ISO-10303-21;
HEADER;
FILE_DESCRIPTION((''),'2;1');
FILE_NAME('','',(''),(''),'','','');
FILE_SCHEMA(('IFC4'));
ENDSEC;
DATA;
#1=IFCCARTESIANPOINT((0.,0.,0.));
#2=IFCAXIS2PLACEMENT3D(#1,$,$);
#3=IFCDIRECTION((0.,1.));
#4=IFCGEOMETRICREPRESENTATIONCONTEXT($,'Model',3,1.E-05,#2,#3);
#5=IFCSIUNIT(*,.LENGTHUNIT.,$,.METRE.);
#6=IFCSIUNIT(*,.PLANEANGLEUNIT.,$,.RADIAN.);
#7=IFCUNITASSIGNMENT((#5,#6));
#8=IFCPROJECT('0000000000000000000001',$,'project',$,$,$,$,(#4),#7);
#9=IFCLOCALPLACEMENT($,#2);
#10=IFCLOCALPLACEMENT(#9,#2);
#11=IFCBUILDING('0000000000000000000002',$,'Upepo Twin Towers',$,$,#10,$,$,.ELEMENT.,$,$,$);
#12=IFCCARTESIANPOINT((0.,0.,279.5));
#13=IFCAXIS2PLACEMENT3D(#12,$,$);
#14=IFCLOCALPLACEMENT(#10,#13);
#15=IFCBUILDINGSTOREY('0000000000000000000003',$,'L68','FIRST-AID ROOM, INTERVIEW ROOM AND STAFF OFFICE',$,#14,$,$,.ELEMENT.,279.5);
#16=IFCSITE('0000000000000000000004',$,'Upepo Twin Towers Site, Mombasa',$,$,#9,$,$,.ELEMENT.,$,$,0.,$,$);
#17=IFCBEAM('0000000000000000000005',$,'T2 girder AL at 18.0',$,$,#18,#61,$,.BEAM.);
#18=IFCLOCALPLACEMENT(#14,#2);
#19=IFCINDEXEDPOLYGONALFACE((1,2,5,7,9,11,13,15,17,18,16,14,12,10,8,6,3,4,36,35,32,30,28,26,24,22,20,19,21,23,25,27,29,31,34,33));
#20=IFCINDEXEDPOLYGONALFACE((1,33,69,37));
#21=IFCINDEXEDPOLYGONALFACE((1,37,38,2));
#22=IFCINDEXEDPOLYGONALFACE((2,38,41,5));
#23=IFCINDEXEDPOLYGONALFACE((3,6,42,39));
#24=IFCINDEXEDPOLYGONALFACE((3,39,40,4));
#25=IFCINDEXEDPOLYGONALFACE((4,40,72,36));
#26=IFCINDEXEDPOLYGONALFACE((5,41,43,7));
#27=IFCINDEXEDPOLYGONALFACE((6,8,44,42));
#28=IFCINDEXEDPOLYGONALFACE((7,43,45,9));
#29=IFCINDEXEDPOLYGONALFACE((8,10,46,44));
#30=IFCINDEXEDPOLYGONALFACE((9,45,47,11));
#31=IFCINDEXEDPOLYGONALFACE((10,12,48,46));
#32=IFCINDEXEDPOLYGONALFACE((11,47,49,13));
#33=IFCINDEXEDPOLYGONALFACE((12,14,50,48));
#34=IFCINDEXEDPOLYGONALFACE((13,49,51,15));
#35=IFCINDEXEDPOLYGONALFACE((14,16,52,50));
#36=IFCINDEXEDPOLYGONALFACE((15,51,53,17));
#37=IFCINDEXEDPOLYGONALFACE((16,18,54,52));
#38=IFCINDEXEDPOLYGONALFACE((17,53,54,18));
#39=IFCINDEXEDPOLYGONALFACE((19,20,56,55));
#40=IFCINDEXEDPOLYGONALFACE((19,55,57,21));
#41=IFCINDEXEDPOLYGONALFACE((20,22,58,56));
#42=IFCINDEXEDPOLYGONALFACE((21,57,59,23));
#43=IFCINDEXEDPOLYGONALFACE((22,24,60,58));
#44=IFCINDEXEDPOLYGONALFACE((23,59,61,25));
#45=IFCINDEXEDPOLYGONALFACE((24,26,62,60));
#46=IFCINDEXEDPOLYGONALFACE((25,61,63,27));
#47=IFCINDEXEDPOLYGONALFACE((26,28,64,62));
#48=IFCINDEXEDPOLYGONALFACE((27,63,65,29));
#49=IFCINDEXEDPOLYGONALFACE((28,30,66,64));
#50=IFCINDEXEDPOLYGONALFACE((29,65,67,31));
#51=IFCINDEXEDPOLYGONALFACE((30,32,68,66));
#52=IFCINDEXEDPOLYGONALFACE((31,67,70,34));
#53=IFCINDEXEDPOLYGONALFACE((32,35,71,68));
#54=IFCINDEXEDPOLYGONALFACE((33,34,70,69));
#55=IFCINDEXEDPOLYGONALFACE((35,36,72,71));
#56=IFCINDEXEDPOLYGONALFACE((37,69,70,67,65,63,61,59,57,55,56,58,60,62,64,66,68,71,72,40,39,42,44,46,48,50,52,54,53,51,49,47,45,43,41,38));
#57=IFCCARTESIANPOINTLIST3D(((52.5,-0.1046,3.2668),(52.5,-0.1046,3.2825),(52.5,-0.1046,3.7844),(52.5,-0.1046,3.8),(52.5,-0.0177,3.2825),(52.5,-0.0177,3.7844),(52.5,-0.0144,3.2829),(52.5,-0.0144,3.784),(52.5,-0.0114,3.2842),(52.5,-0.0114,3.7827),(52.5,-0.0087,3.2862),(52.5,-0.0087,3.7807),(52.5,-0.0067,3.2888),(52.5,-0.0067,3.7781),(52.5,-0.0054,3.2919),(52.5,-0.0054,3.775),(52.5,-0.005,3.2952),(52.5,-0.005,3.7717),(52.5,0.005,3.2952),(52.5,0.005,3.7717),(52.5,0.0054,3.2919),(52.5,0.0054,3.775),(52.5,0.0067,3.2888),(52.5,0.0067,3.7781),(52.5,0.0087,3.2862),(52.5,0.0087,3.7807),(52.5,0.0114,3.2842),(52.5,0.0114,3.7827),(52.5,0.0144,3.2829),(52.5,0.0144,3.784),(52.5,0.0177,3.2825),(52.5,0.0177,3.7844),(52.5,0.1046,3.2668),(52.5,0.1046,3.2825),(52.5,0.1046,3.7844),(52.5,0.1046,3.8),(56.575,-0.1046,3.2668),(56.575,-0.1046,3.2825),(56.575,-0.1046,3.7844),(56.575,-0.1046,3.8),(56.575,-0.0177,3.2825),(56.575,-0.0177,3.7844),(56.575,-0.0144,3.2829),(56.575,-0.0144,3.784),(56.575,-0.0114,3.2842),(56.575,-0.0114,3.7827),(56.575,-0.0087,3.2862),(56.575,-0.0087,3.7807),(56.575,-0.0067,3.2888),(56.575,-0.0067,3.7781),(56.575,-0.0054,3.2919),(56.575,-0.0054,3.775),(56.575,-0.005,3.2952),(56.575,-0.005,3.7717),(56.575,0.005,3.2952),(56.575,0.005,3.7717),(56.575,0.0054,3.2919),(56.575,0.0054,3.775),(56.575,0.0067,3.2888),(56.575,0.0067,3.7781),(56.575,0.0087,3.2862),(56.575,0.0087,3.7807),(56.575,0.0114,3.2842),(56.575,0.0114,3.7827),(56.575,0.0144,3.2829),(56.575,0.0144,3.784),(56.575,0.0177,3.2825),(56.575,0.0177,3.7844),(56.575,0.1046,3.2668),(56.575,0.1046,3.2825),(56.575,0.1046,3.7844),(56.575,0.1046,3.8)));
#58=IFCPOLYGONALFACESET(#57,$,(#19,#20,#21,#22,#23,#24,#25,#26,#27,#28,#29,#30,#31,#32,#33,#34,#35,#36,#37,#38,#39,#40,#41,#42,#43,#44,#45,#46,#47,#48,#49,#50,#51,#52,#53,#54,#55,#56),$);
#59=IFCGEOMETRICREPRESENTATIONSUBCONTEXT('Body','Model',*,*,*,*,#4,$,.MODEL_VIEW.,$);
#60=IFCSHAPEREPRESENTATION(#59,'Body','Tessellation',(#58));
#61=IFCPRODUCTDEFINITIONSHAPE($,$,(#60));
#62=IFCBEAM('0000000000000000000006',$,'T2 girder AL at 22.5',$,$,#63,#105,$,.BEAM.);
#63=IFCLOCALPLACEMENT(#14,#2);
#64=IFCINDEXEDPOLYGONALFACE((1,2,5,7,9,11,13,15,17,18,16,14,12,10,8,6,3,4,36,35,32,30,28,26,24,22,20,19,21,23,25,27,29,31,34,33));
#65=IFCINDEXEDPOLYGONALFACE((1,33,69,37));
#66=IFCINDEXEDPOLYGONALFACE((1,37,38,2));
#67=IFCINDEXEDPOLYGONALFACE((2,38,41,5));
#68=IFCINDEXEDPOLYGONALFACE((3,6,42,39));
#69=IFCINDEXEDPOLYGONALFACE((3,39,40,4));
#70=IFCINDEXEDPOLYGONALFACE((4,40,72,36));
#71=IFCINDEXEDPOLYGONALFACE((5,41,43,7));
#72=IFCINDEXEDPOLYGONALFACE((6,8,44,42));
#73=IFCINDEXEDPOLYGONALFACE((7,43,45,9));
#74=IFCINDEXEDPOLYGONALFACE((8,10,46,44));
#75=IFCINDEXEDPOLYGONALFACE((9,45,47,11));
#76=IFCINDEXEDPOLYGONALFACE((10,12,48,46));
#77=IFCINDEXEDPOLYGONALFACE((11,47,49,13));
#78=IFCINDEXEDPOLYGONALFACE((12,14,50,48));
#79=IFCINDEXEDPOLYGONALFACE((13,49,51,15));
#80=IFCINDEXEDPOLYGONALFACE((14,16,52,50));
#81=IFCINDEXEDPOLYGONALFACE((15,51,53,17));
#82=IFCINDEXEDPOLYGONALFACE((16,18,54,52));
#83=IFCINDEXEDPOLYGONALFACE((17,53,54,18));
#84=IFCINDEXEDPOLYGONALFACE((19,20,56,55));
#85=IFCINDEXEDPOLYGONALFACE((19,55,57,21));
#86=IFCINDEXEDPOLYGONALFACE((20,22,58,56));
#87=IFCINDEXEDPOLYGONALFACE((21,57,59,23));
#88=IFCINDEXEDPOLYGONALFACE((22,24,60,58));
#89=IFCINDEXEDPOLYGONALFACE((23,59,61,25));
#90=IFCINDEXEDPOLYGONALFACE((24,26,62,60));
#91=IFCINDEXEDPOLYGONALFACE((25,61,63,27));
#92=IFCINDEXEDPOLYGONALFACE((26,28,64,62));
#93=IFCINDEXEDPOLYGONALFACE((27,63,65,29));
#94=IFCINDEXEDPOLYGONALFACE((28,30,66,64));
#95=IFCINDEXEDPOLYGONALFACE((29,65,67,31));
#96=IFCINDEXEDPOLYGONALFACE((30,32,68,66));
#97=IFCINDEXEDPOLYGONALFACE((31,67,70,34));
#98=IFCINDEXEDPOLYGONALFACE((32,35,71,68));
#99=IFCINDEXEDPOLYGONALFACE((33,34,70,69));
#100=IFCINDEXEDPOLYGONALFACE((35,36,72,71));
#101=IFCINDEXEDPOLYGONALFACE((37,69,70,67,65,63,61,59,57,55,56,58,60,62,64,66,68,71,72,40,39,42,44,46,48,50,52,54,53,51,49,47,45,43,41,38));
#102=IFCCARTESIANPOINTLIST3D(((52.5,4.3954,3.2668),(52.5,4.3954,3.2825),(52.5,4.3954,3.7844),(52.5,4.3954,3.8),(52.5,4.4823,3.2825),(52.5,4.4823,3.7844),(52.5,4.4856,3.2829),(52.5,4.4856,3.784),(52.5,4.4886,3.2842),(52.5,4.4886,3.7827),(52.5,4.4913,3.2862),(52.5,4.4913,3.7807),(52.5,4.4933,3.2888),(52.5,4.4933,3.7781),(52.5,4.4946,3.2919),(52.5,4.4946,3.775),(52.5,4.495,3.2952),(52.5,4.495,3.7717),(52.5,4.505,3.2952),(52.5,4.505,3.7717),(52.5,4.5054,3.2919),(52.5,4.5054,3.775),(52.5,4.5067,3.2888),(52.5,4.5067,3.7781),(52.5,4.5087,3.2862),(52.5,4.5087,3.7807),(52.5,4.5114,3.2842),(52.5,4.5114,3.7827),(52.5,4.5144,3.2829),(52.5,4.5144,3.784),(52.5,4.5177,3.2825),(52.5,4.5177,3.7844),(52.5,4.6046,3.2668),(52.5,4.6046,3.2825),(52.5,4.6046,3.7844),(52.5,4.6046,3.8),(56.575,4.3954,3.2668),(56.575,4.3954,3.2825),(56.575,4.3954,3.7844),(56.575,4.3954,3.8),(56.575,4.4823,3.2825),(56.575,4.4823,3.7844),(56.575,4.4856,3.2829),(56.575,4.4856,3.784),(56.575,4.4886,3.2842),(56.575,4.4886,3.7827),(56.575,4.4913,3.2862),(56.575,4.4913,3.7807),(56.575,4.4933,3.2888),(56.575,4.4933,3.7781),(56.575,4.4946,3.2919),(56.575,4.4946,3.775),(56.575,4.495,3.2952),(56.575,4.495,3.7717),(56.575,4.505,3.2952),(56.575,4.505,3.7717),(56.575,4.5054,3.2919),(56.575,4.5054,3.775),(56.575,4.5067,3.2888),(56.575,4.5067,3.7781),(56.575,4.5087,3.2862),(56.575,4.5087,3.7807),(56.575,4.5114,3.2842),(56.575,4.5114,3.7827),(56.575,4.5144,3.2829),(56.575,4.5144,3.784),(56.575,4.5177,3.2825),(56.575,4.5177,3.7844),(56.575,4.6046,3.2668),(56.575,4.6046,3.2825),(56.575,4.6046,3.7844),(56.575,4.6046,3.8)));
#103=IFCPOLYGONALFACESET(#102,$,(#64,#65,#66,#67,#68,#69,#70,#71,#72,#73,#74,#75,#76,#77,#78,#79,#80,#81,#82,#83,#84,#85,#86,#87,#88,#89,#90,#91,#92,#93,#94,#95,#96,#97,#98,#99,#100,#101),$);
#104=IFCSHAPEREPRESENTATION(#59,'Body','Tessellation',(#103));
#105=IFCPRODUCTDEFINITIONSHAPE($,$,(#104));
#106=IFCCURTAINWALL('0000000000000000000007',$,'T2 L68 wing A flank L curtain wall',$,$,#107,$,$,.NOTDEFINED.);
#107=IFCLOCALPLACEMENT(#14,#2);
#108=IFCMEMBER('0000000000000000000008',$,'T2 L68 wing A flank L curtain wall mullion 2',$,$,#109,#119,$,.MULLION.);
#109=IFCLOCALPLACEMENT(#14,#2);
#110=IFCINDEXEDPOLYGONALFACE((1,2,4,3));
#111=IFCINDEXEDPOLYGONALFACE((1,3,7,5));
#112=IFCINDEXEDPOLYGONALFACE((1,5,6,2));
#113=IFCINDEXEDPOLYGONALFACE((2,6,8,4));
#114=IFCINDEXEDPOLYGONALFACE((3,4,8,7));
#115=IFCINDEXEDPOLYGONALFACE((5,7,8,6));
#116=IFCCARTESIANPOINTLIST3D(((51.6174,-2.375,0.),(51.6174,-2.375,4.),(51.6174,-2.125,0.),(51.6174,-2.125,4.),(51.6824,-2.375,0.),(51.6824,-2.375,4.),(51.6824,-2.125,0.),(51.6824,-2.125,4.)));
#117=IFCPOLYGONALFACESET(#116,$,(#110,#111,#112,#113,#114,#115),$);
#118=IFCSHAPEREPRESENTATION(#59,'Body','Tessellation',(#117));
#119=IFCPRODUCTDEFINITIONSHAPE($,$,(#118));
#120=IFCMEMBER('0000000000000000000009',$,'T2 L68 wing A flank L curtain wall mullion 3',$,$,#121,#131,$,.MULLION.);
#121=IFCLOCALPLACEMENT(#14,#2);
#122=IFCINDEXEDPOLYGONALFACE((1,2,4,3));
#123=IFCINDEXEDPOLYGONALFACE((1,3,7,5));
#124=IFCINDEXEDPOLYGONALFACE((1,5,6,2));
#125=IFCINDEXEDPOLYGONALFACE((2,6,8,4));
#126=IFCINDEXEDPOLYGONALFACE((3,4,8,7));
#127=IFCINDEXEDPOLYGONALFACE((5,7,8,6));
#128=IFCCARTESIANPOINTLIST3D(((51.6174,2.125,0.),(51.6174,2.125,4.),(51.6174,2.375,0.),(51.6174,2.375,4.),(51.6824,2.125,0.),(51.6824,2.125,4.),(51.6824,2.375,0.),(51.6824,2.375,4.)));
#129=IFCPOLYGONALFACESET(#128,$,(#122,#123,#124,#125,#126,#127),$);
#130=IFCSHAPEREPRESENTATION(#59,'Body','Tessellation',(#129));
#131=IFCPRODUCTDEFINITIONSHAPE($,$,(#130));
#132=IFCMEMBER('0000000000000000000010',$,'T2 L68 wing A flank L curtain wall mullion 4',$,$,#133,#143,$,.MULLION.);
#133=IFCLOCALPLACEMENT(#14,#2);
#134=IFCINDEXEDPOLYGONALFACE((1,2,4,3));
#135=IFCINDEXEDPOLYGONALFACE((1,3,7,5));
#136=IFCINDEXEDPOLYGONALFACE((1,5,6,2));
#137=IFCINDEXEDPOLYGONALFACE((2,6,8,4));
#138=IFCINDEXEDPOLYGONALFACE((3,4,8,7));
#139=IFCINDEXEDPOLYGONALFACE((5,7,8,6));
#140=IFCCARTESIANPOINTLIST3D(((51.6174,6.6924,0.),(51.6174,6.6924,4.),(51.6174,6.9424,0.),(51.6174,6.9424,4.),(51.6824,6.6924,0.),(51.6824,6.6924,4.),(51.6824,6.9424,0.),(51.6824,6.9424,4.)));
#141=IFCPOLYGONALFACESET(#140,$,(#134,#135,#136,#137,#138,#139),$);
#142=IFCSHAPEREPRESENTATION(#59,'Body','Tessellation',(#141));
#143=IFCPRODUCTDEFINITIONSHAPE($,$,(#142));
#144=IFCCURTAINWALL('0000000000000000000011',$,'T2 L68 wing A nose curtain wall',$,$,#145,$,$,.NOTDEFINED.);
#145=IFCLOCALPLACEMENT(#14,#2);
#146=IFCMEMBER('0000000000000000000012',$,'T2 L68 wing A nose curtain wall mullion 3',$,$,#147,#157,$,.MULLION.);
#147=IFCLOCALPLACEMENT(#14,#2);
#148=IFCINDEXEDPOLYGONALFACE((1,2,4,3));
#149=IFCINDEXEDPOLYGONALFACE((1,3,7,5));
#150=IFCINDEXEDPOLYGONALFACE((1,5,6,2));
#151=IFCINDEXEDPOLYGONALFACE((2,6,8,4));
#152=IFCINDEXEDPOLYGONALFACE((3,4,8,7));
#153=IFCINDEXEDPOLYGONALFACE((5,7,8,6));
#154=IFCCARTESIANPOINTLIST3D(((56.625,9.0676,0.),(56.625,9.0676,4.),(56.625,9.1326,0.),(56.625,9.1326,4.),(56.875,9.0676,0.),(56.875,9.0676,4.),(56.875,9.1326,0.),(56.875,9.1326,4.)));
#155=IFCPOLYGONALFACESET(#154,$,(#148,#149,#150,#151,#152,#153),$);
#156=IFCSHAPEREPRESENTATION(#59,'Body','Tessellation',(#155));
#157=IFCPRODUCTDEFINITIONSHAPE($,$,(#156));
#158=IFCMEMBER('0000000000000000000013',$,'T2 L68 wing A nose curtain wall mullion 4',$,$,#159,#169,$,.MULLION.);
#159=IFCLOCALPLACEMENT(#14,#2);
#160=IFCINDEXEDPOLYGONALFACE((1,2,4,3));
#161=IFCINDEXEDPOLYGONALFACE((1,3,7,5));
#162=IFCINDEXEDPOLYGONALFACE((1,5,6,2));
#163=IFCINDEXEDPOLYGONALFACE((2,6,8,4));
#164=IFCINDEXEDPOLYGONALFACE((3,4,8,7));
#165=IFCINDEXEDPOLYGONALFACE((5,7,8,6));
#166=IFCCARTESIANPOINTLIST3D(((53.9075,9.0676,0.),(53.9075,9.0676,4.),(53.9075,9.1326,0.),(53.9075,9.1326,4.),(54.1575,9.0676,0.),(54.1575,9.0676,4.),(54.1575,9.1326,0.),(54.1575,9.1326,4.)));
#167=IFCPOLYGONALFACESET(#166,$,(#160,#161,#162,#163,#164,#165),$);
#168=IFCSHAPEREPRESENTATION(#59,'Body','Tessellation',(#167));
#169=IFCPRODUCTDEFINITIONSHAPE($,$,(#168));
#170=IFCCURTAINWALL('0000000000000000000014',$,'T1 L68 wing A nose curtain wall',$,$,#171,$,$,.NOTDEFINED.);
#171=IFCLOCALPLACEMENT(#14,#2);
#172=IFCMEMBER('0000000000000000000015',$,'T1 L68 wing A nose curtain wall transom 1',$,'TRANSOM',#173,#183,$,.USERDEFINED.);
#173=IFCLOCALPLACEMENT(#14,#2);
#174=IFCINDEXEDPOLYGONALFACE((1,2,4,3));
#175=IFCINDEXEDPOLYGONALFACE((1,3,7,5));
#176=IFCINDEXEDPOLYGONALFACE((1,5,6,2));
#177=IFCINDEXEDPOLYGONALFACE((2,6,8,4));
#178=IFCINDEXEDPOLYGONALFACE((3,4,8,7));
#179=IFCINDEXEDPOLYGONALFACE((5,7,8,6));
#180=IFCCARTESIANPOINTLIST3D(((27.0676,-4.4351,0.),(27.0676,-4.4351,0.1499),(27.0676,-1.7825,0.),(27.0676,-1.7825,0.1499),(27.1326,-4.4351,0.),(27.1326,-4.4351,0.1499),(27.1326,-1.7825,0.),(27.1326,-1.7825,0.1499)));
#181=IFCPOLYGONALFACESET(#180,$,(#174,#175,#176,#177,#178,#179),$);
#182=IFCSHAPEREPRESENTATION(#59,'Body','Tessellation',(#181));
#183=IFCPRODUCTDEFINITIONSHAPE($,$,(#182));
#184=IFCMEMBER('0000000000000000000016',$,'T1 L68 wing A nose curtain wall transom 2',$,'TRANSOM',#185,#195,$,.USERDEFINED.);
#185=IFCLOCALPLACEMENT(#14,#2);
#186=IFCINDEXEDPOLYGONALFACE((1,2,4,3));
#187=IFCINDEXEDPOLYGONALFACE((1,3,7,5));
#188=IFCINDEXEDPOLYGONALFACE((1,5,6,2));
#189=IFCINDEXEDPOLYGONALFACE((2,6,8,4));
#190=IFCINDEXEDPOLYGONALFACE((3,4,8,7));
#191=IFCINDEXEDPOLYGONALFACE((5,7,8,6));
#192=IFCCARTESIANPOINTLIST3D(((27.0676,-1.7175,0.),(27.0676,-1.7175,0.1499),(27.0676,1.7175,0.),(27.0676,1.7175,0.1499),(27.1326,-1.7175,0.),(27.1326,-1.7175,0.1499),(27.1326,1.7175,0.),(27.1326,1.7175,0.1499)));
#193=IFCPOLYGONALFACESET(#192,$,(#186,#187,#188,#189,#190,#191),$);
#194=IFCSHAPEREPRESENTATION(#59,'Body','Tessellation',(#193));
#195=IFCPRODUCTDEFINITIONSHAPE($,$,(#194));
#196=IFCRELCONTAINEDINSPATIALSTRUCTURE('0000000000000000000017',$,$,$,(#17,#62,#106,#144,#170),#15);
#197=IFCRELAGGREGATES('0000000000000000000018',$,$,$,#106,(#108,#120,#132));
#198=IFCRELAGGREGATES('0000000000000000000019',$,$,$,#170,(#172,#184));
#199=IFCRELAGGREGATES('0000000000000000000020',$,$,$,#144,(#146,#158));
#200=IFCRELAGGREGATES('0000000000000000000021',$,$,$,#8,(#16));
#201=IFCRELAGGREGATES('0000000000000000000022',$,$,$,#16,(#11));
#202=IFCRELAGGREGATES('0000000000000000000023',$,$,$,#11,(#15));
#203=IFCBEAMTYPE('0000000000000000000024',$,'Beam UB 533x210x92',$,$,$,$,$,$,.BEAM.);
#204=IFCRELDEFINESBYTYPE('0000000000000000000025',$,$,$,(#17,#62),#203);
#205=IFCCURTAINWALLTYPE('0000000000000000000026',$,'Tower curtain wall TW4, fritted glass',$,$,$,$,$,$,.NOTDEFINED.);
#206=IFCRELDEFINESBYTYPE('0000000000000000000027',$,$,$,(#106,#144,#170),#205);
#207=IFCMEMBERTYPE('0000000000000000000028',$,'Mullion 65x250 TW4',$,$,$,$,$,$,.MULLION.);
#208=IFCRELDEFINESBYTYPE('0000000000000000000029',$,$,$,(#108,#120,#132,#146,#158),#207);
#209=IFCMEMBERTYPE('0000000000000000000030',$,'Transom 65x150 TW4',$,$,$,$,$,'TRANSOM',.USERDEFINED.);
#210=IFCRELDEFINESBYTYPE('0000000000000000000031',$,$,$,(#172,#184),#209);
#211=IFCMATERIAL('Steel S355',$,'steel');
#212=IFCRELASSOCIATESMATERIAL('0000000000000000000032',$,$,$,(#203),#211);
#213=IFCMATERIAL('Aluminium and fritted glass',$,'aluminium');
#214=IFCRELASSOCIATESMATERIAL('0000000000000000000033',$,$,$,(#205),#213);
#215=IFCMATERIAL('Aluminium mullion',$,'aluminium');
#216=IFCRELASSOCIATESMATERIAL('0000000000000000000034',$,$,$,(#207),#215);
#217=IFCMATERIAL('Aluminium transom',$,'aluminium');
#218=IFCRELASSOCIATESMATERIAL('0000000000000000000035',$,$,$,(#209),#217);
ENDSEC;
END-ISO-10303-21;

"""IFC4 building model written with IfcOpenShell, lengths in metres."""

from ifc_helpers import new_model, si_unit, direction, frame, origin, origin_2d, place, context, subcontext, project, spatial, rectangle, i_section, extrude, material, material_profile, profile_set, type_object, element, aggregate, save


model = new_model("IFC4")

# Units and contexts
model_context = context("Model", 3, precision=1e-05, world=origin(), true_north=direction((0.0, 1.0)))
body_context = subcontext(model_context, "Body", "Model", "MODEL_VIEW")
ifc_project = project(units=[si_unit("LENGTHUNIT", "METRE"), si_unit("PLANEANGLEUNIT", "RADIAN")], contexts=[model_context])

# Site, building, storey
site_placement = place(None, origin())
site = spatial("IfcSite", under=ifc_project, at=site_placement, Name="Upepo Twin Towers Site, Mombasa", CompositionType="ELEMENT", RefElevation=0.0)
building_placement = place(site_placement, origin())
building = spatial("IfcBuilding", under=site, at=building_placement, Name="Upepo Twin Towers", CompositionType="ELEMENT")
storey_placement = place(building_placement, frame((0.0, 0.0, 279.5)))
storey = spatial("IfcBuildingStorey", under=building, at=storey_placement, Name="L68", Description="FIRST-AID ROOM, INTERVIEW ROOM AND STAFF OFFICE", CompositionType="ELEMENT", Elevation=279.5)

# Beams
ifc_material_1 = material(Name="Steel S355", Category="steel")
ifc_material_profile_1 = material_profile(ifc_material_1, i_section(OverallWidth=0.2092, OverallDepth=0.5332, WebThickness=0.01, FlangeThickness=0.0156, FilletRadius=0.0127, at=origin_2d()), Name="UB 533x210x92")
ifc_profile_set_1 = profile_set([ifc_material_profile_1], Name="Steel S355")
beam_type_1 = type_object("IfcBeamType", Name="Beam UB 533x210x92", PredefinedType="BEAM", material=ifc_profile_set_1)
for number, where, z_axis, x_axis, name in (
    (1, (52.5, 0.0, 3.5334), (1.0, 0.0, 0.0), (0.0, 1.0, 0.0), "T2 girder AL at 18.0"),
    (2, (52.5, 4.5, 3.5334), (1.0, 0.0, 0.0), (0.0, 1.0, 0.0), "T2 girder AL at 22.5"),
):
    element("IfcBeam", number, at=place(storey_placement, frame(where, z_axis=z_axis, x_axis=x_axis)), inside=storey, type_object=beam_type_1, Name=name, PredefinedType="BEAM", context=body_context, shape_type="SweptSolid", body=[
        extrude(i_section(OverallWidth=0.2092, OverallDepth=0.5332, WebThickness=0.01, FlangeThickness=0.0156, FilletRadius=0.0127, at=origin_2d()), origin(), (0.0, 0.0, 1.0), 4.075),
    ])

# Curtain walls, members
ifc_material_2 = material(Name="Aluminium and fritted glass", Category="aluminium")
curtain_wall_type = type_object("IfcCurtainWallType", Name="Tower curtain wall TW4, fritted glass", PredefinedType="NOTDEFINED", material=ifc_material_2)
curtain_wall_1_placement = place(storey_placement, origin())
curtain_wall_1 = element("IfcCurtainWall", 3, at=curtain_wall_1_placement, inside=storey, type_object=curtain_wall_type, Name="T2 L68 wing A flank L curtain wall", PredefinedType="NOTDEFINED")
ifc_material_3 = material(Name="Aluminium mullion", Category="aluminium")
ifc_material_profile_2 = material_profile(ifc_material_3, rectangle(XDim=0.0649, YDim=0.25, at=origin_2d()), Name="MULLION 65x250")
ifc_profile_set_2 = profile_set([ifc_material_profile_2], Name="Aluminium mullion")
member_type_1 = type_object("IfcMemberType", Name="Mullion 65x250 TW4", PredefinedType="MULLION", material=ifc_profile_set_2)
member_1_placement = place(storey_placement, frame((51.6499, -2.25, 0.0), z_axis=(0.0, 0.0, 1.0), x_axis=(-1.0, 0.0, 0.0)))
member_1 = element("IfcMember", 4, at=member_1_placement, type_object=member_type_1, Name="T2 L68 wing A flank L curtain wall mullion 2", PredefinedType="MULLION", context=body_context, shape_type="SweptSolid", body=[
    extrude(rectangle(XDim=0.0649, YDim=0.25, at=origin_2d()), origin(), (0.0, 0.0, 1.0), 4.0),
])
member_2_placement = place(storey_placement, frame((51.6499, 2.25, 0.0), z_axis=(0.0, 0.0, 1.0), x_axis=(-1.0, 0.0, 0.0)))
member_2 = element("IfcMember", 5, at=member_2_placement, type_object=member_type_1, Name="T2 L68 wing A flank L curtain wall mullion 3", PredefinedType="MULLION", context=body_context, shape_type="SweptSolid", body=[
    extrude(rectangle(XDim=0.0649, YDim=0.25, at=origin_2d()), origin(), (0.0, 0.0, 1.0), 4.0),
])
member_3_placement = place(storey_placement, frame((51.6499, 6.8174, 0.0), z_axis=(0.0, 0.0, 1.0), x_axis=(-1.0, 0.0, 0.0)))
member_3 = element("IfcMember", 6, at=member_3_placement, type_object=member_type_1, Name="T2 L68 wing A flank L curtain wall mullion 4", PredefinedType="MULLION", context=body_context, shape_type="SweptSolid", body=[
    extrude(rectangle(XDim=0.0649, YDim=0.25, at=origin_2d()), origin(), (0.0, 0.0, 1.0), 4.0),
])
curtain_wall_2_placement = place(storey_placement, origin())
curtain_wall_2 = element("IfcCurtainWall", 7, at=curtain_wall_2_placement, inside=storey, type_object=curtain_wall_type, Name="T2 L68 wing A nose curtain wall", PredefinedType="NOTDEFINED")
member_4_placement = place(storey_placement, frame((56.75, 9.1001, 0.0), z_axis=(0.0, 0.0, 1.0), x_axis=(0.0, -1.0, 0.0)))
member_4 = element("IfcMember", 8, at=member_4_placement, type_object=member_type_1, Name="T2 L68 wing A nose curtain wall mullion 3", PredefinedType="MULLION", context=body_context, shape_type="SweptSolid", body=[
    extrude(rectangle(XDim=0.0649, YDim=0.25, at=origin_2d()), origin(), (0.0, 0.0, 1.0), 4.0),
])
member_5_placement = place(storey_placement, frame((54.0325, 9.1001, 0.0), z_axis=(0.0, 0.0, 1.0), x_axis=(0.0, -1.0, 0.0)))
member_5 = element("IfcMember", 9, at=member_5_placement, type_object=member_type_1, Name="T2 L68 wing A nose curtain wall mullion 4", PredefinedType="MULLION", context=body_context, shape_type="SweptSolid", body=[
    extrude(rectangle(XDim=0.0649, YDim=0.25, at=origin_2d()), origin(), (0.0, 0.0, 1.0), 4.0),
])
curtain_wall_3_placement = place(storey_placement, origin())
curtain_wall_3 = element("IfcCurtainWall", 10, at=curtain_wall_3_placement, inside=storey, type_object=curtain_wall_type, Name="T1 L68 wing A nose curtain wall", PredefinedType="NOTDEFINED")
ifc_material_4 = material(Name="Aluminium transom", Category="aluminium")
ifc_material_profile_3 = material_profile(ifc_material_4, rectangle(XDim=0.0649, YDim=0.1499, at=origin_2d()), Name="TRANSOM 65x150")
ifc_profile_set_3 = profile_set([ifc_material_profile_3], Name="Aluminium transom")
member_type_2 = type_object("IfcMemberType", Name="Transom 65x150 TW4", ElementType="TRANSOM", PredefinedType="USERDEFINED", material=ifc_profile_set_3)
member_6_placement = place(storey_placement, frame((27.1001, -4.4351, 0.075), z_axis=(0.0, 1.0, 0.0), x_axis=(-1.0, 0.0, 0.0)))
member_6 = element("IfcMember", 11, at=member_6_placement, type_object=member_type_2, Name="T1 L68 wing A nose curtain wall transom 1", ObjectType="TRANSOM", PredefinedType="USERDEFINED", context=body_context, shape_type="SweptSolid", body=[
    extrude(rectangle(XDim=0.0649, YDim=0.1499, at=origin_2d()), origin(), (0.0, 0.0, 1.0), 2.6526),
])
member_7_placement = place(storey_placement, frame((27.1001, -1.7175, 0.075), z_axis=(0.0, 1.0, 0.0), x_axis=(-1.0, 0.0, 0.0)))
member_7 = element("IfcMember", 12, at=member_7_placement, type_object=member_type_2, Name="T1 L68 wing A nose curtain wall transom 2", ObjectType="TRANSOM", PredefinedType="USERDEFINED", context=body_context, shape_type="SweptSolid", body=[
    extrude(rectangle(XDim=0.0649, YDim=0.1499, at=origin_2d()), origin(), (0.0, 0.0, 1.0), 3.4351),
])

aggregate(curtain_wall_1, [member_1, member_2, member_3])
aggregate(curtain_wall_3, [member_6, member_7])
aggregate(curtain_wall_2, [member_4, member_5])

save(model, "model.ifc")
